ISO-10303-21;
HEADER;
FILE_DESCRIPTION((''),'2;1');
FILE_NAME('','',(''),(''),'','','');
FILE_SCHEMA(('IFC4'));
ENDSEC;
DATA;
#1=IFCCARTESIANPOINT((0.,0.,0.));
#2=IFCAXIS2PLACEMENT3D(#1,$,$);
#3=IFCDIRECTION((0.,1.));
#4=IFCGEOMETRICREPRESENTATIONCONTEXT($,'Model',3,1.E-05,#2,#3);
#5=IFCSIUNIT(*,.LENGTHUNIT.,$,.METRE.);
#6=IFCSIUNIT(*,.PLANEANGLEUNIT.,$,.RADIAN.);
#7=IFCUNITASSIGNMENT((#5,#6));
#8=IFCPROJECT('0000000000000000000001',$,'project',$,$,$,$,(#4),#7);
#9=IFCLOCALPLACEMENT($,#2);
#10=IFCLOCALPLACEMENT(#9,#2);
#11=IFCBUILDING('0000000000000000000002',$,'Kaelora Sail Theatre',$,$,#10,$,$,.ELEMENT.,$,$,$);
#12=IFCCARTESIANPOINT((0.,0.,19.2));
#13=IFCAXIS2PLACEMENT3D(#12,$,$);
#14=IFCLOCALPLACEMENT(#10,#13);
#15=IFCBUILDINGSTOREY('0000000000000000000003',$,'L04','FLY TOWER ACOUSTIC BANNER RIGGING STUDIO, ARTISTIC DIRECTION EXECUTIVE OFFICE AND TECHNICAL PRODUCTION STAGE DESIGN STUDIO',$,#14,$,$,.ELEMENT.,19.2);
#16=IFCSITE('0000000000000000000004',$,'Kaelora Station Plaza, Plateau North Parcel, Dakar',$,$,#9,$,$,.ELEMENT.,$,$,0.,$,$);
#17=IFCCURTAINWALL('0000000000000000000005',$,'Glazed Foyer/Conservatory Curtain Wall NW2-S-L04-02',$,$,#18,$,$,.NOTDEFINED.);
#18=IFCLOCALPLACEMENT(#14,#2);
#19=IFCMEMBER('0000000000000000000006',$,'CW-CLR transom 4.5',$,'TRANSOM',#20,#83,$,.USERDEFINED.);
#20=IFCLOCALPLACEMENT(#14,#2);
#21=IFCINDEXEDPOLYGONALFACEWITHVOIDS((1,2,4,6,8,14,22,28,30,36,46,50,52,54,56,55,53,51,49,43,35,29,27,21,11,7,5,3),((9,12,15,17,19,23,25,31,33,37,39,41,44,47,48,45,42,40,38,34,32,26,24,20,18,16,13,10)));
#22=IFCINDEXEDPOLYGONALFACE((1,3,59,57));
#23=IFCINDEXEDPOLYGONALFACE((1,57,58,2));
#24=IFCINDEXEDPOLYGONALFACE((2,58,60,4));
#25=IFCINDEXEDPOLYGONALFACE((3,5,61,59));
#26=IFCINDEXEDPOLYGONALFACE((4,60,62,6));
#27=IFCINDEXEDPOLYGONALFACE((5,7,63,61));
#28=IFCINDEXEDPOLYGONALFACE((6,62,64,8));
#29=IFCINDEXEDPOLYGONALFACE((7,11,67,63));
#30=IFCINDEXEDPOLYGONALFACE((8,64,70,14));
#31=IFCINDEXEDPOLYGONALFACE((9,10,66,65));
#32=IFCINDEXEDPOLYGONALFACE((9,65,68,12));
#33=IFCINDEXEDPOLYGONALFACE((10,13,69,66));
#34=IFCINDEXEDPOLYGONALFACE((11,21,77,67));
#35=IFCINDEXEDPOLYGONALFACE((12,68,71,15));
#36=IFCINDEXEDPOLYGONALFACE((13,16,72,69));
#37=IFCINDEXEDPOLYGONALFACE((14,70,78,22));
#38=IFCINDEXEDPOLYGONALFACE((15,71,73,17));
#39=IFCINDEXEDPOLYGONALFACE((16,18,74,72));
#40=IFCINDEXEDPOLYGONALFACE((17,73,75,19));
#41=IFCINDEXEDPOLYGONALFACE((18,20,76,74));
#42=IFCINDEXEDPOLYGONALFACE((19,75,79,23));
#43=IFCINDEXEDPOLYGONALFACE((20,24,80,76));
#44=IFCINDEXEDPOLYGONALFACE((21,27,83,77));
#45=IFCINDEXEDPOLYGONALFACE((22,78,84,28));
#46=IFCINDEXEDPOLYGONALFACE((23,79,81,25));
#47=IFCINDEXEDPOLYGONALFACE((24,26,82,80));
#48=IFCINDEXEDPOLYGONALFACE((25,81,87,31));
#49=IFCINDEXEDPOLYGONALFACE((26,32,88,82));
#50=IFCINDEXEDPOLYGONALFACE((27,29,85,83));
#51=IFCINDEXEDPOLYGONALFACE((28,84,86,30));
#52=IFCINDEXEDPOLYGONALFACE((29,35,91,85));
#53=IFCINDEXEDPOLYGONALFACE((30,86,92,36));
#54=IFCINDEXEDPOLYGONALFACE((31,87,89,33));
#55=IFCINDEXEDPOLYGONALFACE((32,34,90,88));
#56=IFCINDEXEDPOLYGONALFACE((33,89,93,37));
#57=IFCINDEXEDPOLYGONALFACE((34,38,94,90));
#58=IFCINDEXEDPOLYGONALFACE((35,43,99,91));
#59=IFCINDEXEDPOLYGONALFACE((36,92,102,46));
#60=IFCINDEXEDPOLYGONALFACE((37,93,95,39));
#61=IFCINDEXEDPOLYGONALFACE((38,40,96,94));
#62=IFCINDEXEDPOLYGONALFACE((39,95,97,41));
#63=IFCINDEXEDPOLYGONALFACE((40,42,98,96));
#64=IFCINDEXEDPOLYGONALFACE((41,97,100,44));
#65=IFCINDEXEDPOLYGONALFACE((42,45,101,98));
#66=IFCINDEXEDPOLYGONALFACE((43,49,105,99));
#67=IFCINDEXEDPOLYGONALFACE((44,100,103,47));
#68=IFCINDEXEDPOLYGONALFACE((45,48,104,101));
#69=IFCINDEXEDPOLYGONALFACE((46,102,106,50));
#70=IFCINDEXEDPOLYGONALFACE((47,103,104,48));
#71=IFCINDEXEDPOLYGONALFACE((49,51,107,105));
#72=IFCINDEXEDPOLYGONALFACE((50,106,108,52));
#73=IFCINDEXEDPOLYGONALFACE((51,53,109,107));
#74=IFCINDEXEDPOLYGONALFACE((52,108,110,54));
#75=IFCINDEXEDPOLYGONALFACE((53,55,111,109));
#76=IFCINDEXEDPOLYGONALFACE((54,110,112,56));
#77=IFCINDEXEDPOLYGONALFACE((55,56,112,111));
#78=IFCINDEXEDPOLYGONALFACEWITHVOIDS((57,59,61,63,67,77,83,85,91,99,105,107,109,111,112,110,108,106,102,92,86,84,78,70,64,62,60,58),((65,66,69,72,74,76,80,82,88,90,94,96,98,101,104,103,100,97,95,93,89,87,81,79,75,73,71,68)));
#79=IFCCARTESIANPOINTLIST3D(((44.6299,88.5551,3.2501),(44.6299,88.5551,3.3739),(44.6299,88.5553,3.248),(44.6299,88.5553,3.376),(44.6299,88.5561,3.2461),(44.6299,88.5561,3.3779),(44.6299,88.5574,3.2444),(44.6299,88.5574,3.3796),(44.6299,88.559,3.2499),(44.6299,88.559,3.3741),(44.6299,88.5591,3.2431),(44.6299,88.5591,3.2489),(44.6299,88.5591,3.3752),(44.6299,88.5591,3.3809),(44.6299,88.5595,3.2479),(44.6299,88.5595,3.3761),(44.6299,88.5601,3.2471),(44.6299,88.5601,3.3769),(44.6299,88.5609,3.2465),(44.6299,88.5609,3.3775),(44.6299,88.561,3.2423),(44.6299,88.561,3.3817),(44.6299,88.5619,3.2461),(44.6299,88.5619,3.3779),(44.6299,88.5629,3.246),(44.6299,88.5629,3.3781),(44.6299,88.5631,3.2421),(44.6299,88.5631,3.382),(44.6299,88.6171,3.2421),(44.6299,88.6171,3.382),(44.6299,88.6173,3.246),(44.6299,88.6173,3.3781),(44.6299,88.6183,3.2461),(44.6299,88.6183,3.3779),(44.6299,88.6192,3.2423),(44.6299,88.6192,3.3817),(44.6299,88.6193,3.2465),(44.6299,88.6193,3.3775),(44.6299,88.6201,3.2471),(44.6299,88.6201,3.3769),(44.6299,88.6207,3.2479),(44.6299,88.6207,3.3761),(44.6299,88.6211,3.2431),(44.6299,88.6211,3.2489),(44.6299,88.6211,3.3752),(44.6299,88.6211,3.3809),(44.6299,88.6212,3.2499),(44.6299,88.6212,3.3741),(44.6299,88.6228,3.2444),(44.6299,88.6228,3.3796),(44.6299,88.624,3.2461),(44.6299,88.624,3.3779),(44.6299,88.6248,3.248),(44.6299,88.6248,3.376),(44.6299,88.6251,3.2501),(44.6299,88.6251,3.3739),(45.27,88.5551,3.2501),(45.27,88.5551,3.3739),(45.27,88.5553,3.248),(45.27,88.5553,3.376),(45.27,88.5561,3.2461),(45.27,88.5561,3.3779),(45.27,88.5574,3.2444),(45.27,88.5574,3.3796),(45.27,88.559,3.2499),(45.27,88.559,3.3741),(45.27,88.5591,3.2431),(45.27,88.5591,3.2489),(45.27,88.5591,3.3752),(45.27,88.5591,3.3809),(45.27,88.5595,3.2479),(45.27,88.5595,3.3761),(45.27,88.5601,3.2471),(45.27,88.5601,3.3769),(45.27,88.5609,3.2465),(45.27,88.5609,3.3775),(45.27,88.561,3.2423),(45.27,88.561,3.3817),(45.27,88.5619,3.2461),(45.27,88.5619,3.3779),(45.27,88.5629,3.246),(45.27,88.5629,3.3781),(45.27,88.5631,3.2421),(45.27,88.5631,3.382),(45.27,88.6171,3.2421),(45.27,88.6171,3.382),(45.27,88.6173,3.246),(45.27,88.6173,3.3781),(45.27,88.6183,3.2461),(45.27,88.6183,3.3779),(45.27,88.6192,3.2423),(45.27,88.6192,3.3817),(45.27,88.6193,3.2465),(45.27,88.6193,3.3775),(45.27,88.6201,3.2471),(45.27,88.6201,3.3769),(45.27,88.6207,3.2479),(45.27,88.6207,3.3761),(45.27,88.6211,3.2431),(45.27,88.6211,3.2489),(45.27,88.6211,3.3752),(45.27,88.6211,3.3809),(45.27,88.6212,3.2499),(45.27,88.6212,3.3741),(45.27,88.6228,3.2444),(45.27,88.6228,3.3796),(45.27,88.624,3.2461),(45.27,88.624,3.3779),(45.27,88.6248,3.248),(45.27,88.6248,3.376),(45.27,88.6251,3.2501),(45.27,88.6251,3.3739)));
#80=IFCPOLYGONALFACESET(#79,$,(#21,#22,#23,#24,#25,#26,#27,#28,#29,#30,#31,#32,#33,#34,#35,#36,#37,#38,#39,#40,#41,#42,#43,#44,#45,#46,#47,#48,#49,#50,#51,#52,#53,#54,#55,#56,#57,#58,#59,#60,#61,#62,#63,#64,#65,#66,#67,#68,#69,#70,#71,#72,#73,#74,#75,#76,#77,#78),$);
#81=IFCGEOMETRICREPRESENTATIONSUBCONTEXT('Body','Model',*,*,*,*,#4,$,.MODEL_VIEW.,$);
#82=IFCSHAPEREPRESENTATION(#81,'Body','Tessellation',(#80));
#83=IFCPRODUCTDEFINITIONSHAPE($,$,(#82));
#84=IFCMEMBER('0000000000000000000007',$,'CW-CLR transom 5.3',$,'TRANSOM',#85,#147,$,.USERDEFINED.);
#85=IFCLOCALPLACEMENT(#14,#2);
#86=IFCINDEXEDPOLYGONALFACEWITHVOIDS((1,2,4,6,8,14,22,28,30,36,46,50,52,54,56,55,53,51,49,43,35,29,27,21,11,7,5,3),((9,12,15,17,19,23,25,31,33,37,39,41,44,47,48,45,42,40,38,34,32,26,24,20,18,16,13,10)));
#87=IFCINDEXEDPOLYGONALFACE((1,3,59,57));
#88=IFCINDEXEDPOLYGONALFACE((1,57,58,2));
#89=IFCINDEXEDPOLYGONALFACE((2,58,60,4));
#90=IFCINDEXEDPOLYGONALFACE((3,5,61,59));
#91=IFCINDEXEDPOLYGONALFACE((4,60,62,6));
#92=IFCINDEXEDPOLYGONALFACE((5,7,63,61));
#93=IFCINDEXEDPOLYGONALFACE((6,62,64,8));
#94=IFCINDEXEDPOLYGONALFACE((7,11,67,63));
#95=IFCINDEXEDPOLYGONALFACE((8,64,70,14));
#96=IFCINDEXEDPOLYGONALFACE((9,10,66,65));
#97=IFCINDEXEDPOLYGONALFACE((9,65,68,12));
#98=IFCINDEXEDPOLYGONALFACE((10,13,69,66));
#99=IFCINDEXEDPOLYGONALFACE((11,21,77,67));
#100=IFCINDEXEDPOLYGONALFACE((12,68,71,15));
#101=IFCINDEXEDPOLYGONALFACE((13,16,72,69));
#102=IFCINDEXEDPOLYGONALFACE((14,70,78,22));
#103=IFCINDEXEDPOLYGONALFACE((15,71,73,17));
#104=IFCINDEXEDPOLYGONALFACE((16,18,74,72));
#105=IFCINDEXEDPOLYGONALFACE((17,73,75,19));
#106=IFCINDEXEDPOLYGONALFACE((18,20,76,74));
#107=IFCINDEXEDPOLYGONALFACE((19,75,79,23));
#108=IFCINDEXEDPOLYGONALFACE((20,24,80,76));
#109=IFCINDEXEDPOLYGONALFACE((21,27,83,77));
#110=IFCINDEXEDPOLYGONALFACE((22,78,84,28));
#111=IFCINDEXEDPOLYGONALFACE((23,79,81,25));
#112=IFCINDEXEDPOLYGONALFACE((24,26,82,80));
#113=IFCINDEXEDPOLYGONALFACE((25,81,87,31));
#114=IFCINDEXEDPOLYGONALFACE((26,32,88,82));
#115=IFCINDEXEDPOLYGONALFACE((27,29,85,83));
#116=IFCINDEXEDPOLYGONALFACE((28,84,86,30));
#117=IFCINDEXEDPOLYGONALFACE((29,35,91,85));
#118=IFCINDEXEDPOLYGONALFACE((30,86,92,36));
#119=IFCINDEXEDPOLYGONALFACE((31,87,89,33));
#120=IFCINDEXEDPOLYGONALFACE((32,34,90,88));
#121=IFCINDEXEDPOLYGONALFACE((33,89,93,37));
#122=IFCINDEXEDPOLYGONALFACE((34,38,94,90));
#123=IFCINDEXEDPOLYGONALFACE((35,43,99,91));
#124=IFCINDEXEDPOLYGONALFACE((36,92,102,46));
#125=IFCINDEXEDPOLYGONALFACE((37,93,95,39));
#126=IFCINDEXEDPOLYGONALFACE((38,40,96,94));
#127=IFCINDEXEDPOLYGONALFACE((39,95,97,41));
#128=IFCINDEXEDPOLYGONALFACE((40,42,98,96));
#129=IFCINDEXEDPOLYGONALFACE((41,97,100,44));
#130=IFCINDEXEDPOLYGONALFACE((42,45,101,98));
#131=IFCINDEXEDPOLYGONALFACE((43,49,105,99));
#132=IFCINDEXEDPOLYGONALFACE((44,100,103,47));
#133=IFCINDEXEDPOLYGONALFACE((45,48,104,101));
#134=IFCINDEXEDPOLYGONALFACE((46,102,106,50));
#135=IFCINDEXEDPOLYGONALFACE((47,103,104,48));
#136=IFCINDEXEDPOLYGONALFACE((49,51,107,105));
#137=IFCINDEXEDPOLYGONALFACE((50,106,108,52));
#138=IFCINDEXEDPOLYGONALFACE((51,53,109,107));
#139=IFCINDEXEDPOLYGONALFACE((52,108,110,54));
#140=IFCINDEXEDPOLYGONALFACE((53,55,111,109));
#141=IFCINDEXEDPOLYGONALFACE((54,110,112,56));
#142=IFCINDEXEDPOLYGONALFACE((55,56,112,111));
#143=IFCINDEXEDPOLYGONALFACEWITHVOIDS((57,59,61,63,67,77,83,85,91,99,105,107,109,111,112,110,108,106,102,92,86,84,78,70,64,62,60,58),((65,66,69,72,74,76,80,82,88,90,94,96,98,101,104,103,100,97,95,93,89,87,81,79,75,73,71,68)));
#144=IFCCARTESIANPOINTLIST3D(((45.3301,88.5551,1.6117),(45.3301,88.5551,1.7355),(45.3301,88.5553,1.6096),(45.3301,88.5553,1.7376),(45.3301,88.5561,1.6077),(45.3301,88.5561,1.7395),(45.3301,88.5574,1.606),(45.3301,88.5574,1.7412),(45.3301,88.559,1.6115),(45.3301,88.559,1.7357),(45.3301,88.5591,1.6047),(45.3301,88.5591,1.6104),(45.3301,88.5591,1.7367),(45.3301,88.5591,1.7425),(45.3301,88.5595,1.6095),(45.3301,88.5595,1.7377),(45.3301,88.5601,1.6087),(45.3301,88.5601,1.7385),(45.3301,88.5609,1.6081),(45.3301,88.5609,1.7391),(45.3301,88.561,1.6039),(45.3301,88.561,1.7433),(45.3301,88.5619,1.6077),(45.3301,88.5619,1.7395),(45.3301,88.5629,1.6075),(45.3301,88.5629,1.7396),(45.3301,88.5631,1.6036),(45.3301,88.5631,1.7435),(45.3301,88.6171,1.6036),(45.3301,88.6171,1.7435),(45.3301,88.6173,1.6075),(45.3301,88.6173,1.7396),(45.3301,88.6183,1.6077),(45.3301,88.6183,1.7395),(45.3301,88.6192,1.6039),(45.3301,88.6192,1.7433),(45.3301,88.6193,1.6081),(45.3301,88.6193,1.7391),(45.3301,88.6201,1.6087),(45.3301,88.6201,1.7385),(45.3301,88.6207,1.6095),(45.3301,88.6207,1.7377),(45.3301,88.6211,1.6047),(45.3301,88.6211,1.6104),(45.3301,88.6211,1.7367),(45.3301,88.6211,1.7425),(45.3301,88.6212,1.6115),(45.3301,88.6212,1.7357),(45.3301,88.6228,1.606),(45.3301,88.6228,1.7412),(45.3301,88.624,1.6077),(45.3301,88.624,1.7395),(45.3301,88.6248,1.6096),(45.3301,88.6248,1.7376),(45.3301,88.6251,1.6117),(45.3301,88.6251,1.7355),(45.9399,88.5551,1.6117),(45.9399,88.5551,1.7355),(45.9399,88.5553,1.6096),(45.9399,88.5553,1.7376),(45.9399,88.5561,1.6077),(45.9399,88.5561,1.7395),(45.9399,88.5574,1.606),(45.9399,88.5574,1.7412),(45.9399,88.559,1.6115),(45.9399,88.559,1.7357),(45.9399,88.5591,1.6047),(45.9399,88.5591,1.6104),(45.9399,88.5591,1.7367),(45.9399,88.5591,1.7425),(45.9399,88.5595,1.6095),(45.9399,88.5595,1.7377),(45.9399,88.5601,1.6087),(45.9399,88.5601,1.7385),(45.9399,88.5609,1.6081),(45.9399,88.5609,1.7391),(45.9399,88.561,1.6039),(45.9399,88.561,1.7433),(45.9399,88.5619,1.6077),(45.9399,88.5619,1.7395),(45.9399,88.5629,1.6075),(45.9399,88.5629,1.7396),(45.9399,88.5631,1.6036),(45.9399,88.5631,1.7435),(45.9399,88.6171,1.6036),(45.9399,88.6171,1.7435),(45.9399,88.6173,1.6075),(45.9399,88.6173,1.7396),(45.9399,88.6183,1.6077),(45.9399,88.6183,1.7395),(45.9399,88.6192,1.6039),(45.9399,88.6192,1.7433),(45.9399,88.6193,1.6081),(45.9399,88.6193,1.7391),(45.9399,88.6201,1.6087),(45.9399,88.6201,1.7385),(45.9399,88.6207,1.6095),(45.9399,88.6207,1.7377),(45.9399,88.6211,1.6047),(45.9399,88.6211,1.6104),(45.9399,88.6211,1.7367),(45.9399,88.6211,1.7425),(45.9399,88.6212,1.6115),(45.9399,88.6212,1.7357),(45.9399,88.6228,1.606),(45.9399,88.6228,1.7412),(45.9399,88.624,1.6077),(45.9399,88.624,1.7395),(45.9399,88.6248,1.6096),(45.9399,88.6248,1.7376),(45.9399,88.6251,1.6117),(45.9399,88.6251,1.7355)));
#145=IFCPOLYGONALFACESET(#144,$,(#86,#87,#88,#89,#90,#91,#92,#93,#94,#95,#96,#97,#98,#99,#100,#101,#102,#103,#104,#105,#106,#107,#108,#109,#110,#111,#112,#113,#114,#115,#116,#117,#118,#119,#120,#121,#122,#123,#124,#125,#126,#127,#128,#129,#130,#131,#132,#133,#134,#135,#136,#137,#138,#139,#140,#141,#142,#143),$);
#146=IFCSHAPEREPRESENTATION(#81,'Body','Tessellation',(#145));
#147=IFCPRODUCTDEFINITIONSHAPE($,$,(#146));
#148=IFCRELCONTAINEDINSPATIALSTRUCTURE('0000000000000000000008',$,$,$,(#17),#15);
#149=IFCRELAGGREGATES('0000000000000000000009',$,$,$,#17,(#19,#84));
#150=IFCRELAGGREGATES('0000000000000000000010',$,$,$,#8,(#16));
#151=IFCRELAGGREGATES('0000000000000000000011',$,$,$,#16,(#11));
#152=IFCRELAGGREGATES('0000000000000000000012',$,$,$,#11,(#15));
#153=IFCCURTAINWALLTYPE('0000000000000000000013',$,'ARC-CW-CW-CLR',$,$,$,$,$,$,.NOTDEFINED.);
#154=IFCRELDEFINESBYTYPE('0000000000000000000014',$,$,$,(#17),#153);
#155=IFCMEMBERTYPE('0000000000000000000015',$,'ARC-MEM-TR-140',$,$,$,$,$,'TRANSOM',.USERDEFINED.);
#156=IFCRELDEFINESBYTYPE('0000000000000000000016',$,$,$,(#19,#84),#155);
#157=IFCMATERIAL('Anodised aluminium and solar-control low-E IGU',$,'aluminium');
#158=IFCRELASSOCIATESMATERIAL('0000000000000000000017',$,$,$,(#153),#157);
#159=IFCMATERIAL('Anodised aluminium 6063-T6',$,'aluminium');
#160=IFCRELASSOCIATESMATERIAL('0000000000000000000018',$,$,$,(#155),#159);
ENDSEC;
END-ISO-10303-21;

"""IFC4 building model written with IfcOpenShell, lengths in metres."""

from ifc_helpers import new_model, si_unit, direction, frame, origin, origin_2d, place, context, subcontext, project, spatial, hollow_rectangle, extrude, material, material_profile, profile_set, type_object, element, aggregate, save


model = new_model("IFC4")

# Units and contexts
model_context = context("Model", 3, precision=1e-05, world=origin(), true_north=direction((0.0, 1.0)))
body_context = subcontext(model_context, "Body", "Model", "MODEL_VIEW")
ifc_project = project(units=[si_unit("LENGTHUNIT", "METRE"), si_unit("PLANEANGLEUNIT", "RADIAN")], contexts=[model_context])

# Site, building, storey
site_placement = place(None, origin())
site = spatial("IfcSite", under=ifc_project, at=site_placement, Name="Kaelora Station Plaza, Plateau North Parcel, Dakar", CompositionType="ELEMENT", RefElevation=0.0)
building_placement = place(site_placement, origin())
building = spatial("IfcBuilding", under=site, at=building_placement, Name="Kaelora Sail Theatre", CompositionType="ELEMENT")
storey_placement = place(building_placement, frame((0.0, 0.0, 19.2)))
storey = spatial("IfcBuildingStorey", under=building, at=storey_placement, Name="L04", Description="FLY TOWER ACOUSTIC BANNER RIGGING STUDIO, ARTISTIC DIRECTION EXECUTIVE OFFICE AND TECHNICAL PRODUCTION STAGE DESIGN STUDIO", CompositionType="ELEMENT", Elevation=19.2)

# Curtain wall, members
ifc_material_1 = material(Name="Anodised aluminium and solar-control low-E IGU", Category="aluminium")
curtain_wall_type = type_object("IfcCurtainWallType", Name="ARC-CW-CW-CLR", PredefinedType="NOTDEFINED", material=ifc_material_1)
curtain_wall_placement = place(storey_placement, origin())
curtain_wall = element("IfcCurtainWall", 1, at=curtain_wall_placement, inside=storey, type_object=curtain_wall_type, Name="Glazed Foyer/Conservatory Curtain Wall NW2-S-L04-02", PredefinedType="NOTDEFINED")
ifc_material_2 = material(Name="Anodised aluminium 6063-T6", Category="aluminium")
ifc_material_profile = material_profile(ifc_material_2, hollow_rectangle(XDim=0.0701, YDim=0.1399, WallThickness=0.0039, InnerFilletRadius=0.0039, OuterFilletRadius=0.0081, at=origin_2d()), Name="ALU-TRAN 70x140x4")
ifc_profile_set = profile_set([ifc_material_profile], Name="Anodised aluminium 6063-T6")
member_type = type_object("IfcMemberType", Name="ARC-MEM-TR-140", ElementType="TRANSOM", PredefinedType="USERDEFINED", material=ifc_profile_set)
member_1_placement = place(storey_placement, frame((44.6299, 88.5901, 3.312), z_axis=(1.0, 0.0, 0.0), x_axis=(0.0, 1.0, 0.0)))
member_1 = element("IfcMember", 2, at=member_1_placement, type_object=member_type, Name="CW-CLR transom 4.5", ObjectType="TRANSOM", PredefinedType="USERDEFINED", context=body_context, shape_type="SweptSolid", body=[
    extrude(hollow_rectangle(XDim=0.0701, YDim=0.1399, WallThickness=0.0039, InnerFilletRadius=0.0039, OuterFilletRadius=0.0081, at=origin_2d()), origin(), (0.0, 0.0, 1.0), 0.6401),
])
member_2_placement = place(storey_placement, frame((45.3301, 88.5901, 1.6736), z_axis=(1.0, 0.0, 0.0), x_axis=(0.0, 1.0, 0.0)))
member_2 = element("IfcMember", 3, at=member_2_placement, type_object=member_type, Name="CW-CLR transom 5.3", ObjectType="TRANSOM", PredefinedType="USERDEFINED", context=body_context, shape_type="SweptSolid", body=[
    extrude(hollow_rectangle(XDim=0.0701, YDim=0.1399, WallThickness=0.0039, InnerFilletRadius=0.0039, OuterFilletRadius=0.0081, at=origin_2d()), origin(), (0.0, 0.0, 1.0), 0.6099),
])
aggregate(curtain_wall, [member_1, member_2])

save(model, "model.ifc")
